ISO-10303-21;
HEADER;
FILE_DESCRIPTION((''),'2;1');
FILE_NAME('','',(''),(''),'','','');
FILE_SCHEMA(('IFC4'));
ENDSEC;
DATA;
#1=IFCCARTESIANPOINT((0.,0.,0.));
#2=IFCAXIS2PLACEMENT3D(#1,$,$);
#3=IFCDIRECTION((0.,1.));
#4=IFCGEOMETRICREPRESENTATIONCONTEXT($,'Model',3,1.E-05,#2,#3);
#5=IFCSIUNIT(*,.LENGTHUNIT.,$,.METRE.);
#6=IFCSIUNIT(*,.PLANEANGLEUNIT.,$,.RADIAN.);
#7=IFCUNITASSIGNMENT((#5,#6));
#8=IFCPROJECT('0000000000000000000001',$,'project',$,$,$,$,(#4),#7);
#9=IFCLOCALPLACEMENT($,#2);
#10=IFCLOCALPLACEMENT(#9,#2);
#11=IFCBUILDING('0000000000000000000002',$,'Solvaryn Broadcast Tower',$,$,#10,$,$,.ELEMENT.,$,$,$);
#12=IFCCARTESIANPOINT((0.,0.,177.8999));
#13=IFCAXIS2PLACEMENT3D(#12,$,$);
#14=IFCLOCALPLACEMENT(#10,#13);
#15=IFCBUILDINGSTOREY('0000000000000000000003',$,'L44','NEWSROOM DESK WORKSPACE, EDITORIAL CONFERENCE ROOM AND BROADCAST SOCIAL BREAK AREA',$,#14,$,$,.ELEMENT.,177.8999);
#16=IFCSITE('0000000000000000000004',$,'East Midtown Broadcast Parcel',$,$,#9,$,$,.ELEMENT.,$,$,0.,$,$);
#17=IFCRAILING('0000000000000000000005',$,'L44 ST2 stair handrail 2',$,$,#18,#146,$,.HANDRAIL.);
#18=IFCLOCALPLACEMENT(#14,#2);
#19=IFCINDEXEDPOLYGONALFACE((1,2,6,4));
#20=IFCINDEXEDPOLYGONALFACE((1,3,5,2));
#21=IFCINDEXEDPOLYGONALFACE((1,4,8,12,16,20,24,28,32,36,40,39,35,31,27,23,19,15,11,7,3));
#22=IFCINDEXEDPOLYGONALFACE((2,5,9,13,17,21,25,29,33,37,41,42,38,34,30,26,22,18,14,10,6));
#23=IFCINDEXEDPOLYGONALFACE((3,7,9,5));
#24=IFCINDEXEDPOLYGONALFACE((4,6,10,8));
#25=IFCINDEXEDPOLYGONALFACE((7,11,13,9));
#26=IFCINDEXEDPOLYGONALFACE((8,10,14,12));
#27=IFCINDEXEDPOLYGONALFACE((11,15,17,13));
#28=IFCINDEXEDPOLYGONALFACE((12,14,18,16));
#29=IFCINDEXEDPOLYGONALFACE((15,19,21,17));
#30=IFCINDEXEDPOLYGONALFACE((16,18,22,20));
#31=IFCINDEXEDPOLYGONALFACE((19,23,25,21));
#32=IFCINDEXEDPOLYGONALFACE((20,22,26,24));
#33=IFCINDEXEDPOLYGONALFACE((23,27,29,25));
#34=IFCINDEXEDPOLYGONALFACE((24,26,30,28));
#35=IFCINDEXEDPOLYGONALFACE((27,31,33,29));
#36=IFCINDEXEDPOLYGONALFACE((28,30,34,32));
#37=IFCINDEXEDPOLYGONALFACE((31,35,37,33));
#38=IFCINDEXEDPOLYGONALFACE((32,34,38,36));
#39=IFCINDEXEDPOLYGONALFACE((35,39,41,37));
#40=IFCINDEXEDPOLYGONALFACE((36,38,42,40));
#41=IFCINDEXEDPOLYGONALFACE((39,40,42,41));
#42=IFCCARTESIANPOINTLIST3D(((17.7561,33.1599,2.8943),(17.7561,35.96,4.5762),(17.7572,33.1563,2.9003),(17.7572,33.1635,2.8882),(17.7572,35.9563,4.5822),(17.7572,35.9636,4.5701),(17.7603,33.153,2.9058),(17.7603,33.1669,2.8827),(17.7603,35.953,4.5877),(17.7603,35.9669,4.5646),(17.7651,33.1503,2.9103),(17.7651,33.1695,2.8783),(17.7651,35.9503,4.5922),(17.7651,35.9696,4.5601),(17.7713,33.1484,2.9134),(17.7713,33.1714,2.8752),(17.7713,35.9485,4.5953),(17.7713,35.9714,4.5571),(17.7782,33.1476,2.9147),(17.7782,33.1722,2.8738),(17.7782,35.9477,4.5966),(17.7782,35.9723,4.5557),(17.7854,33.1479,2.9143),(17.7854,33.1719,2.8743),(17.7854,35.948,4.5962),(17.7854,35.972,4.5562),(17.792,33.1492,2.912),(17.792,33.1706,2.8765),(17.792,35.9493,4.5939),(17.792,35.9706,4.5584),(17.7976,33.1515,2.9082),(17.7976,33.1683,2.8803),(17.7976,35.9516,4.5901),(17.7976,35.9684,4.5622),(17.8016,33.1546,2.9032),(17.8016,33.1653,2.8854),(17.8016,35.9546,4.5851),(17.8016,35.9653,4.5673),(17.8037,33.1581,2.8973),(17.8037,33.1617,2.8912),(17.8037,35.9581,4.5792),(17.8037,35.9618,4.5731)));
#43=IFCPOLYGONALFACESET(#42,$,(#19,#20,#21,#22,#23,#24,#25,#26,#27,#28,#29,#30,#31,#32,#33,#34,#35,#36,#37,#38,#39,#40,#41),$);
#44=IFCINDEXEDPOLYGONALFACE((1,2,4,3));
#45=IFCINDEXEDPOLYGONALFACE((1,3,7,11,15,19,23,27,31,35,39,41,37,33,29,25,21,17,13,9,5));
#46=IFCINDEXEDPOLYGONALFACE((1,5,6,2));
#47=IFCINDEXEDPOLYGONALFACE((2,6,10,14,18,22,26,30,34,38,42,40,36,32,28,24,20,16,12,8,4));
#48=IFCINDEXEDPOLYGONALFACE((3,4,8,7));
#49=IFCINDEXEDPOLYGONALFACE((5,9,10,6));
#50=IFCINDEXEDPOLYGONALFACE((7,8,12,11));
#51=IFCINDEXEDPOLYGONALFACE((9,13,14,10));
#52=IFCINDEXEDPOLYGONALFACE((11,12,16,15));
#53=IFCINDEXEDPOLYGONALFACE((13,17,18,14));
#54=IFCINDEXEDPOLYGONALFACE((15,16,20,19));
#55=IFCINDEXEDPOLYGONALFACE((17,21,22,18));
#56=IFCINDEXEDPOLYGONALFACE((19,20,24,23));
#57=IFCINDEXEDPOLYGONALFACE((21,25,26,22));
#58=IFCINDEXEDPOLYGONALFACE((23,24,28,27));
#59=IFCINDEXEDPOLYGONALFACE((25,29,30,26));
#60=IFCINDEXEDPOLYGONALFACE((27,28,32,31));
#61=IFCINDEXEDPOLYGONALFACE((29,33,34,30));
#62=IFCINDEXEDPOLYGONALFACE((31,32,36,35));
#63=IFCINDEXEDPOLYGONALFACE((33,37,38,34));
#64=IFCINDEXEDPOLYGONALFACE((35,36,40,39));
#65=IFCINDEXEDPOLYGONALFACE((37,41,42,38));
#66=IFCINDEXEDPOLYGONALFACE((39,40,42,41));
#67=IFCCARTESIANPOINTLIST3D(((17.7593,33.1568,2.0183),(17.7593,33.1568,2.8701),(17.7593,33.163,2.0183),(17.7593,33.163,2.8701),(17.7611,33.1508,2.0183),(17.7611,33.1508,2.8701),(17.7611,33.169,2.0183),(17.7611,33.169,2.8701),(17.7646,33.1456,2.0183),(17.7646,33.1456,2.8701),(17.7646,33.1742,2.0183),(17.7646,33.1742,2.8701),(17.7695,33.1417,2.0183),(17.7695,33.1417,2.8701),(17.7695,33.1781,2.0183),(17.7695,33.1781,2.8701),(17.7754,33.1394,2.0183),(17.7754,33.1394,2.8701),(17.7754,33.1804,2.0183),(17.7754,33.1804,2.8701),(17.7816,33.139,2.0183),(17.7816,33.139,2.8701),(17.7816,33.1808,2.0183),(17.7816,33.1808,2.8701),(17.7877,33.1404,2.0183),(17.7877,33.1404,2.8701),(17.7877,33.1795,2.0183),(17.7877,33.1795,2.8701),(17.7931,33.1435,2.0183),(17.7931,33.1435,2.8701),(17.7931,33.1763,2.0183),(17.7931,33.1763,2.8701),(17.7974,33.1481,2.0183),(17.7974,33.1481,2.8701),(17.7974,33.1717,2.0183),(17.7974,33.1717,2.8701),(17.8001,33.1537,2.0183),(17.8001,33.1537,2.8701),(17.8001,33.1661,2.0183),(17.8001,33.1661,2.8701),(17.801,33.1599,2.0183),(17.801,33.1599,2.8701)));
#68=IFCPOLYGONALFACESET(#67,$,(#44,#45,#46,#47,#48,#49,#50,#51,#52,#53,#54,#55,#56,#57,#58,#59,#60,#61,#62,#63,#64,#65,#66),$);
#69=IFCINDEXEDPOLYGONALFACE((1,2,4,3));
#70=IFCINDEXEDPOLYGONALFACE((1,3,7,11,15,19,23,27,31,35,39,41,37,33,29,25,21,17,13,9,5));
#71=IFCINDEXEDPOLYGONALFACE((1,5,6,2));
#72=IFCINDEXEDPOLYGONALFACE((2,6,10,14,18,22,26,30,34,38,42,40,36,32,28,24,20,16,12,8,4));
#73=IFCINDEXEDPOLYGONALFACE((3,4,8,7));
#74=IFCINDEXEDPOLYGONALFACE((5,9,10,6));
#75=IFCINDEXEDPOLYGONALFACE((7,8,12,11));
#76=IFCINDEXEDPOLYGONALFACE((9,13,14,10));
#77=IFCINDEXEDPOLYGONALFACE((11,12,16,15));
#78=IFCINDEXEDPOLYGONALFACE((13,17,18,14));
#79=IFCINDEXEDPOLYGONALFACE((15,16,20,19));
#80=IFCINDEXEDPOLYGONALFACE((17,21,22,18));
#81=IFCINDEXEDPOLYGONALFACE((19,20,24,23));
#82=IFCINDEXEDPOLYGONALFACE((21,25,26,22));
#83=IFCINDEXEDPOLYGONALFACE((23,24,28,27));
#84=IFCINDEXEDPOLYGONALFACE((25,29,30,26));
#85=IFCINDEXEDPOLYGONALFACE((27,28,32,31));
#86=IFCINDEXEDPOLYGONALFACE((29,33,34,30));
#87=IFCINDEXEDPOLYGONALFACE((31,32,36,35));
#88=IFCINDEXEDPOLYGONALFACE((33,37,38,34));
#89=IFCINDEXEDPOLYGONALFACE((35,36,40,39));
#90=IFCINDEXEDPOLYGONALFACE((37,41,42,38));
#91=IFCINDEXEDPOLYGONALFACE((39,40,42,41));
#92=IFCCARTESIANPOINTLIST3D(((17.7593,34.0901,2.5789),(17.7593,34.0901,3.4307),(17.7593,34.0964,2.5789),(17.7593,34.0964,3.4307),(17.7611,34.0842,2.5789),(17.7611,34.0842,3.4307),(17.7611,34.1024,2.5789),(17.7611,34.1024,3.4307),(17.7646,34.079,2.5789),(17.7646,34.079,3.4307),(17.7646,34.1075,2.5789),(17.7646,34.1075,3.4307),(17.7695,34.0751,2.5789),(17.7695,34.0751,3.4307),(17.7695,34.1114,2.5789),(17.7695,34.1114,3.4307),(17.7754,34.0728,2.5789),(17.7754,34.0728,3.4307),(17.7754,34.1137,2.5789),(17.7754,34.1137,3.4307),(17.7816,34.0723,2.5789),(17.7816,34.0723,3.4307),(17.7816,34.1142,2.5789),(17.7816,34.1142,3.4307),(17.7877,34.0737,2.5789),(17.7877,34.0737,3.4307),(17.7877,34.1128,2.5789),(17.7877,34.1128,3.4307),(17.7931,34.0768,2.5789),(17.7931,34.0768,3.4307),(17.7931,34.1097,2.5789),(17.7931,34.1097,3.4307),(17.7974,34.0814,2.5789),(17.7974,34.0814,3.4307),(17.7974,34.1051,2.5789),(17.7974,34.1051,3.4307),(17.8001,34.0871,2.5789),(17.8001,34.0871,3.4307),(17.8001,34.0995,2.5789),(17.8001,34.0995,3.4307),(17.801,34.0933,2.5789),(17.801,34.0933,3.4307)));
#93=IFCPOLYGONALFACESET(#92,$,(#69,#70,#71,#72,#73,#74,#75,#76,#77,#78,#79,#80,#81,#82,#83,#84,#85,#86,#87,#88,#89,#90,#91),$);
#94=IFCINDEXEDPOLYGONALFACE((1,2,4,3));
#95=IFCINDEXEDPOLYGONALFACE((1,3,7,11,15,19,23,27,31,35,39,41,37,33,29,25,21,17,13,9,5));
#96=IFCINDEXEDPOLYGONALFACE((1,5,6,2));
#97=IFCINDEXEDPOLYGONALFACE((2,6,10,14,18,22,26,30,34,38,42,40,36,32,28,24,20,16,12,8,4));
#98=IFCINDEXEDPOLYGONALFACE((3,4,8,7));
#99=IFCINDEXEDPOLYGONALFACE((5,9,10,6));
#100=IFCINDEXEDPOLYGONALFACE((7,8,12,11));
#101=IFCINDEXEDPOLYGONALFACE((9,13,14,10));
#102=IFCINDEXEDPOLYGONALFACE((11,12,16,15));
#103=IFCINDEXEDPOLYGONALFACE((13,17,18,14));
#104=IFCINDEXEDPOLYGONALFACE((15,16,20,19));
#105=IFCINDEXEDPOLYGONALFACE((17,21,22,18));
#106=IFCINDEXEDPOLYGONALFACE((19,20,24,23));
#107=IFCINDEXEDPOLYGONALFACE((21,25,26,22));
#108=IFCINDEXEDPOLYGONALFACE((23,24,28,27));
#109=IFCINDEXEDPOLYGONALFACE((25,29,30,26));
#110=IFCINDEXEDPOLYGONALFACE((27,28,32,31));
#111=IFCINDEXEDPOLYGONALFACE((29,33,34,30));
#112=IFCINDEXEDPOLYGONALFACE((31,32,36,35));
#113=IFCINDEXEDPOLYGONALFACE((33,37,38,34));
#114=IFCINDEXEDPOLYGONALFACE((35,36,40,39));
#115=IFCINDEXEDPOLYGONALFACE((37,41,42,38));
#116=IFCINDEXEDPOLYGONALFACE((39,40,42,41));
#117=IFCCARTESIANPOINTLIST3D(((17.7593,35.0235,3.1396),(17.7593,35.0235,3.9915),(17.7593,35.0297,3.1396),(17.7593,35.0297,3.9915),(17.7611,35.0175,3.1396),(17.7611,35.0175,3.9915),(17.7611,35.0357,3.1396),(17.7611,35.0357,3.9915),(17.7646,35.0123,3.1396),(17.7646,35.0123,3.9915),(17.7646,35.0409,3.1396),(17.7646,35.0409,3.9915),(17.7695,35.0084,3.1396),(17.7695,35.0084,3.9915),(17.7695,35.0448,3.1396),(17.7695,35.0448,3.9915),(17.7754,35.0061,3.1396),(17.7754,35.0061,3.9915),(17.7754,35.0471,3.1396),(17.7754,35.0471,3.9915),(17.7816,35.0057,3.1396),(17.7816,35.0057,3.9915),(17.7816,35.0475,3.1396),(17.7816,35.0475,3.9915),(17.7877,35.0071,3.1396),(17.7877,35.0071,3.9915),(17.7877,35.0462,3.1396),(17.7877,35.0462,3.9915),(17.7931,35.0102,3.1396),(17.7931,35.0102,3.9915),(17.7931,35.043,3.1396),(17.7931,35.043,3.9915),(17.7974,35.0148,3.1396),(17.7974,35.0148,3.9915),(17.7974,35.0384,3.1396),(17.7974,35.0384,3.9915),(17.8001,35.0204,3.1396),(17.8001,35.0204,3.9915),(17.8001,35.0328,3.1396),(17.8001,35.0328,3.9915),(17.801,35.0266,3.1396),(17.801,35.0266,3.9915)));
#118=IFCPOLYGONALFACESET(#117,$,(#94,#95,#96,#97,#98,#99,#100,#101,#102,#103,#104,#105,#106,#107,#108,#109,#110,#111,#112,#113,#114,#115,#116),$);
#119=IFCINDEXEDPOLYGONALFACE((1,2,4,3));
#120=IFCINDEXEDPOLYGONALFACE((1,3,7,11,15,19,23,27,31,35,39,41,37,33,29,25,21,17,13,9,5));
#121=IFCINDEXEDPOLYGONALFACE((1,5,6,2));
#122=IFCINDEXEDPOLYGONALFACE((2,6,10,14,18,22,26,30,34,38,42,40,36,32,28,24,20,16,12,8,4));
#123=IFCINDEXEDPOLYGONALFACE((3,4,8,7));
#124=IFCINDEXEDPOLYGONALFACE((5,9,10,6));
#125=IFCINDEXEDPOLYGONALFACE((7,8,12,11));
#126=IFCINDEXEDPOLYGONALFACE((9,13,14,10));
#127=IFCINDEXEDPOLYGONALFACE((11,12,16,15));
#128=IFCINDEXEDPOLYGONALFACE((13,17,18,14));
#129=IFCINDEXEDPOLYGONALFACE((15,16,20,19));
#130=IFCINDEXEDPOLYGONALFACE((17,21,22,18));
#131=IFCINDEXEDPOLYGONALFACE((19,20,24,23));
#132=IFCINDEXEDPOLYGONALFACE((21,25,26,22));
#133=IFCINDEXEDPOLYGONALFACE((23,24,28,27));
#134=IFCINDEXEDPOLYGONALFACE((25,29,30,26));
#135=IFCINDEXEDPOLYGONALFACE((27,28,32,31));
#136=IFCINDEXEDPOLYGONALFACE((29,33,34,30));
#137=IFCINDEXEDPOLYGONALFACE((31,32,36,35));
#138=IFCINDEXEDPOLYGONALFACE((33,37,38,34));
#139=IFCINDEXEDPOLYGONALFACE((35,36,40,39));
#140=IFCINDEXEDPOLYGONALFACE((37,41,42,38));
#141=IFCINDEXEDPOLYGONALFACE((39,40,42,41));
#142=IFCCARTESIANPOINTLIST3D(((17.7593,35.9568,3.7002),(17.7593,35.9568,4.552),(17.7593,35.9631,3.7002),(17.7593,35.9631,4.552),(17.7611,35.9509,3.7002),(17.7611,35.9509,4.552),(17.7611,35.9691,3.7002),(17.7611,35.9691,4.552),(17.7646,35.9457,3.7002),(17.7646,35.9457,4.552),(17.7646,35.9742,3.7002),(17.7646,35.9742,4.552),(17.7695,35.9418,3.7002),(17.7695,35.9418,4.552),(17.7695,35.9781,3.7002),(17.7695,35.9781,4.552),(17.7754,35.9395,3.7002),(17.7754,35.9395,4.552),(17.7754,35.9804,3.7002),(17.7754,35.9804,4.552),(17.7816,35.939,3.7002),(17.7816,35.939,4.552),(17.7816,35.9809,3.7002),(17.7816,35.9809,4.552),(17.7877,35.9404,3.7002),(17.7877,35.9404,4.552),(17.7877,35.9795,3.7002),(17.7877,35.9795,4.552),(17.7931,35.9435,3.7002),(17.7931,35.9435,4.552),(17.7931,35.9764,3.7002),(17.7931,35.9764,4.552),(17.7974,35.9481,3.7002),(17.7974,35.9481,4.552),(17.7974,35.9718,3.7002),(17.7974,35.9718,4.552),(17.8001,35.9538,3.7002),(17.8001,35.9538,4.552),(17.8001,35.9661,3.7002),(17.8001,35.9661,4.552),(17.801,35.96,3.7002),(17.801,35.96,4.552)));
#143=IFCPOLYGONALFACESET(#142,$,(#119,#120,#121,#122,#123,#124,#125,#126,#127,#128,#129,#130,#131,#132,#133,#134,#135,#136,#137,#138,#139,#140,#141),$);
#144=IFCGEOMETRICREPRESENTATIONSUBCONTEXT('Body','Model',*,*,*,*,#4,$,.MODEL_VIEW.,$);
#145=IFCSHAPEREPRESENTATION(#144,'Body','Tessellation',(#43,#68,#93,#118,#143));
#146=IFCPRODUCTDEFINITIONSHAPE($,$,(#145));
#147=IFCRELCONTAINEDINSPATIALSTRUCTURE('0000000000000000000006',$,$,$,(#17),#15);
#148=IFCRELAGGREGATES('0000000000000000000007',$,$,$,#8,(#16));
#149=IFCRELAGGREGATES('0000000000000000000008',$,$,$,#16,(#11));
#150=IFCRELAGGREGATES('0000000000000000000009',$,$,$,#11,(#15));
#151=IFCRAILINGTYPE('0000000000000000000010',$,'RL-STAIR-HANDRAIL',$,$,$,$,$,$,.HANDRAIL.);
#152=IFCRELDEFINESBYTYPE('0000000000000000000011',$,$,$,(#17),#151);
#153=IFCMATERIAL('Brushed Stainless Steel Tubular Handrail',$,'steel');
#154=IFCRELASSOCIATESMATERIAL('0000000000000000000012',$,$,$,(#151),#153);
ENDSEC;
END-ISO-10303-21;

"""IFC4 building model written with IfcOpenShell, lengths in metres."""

from ifc_helpers import new_model, si_unit, direction, frame, origin, origin_2d, place, context, subcontext, project, spatial, circle, extrude, material, type_object, element, save


model = new_model("IFC4")

# Units and contexts
model_context = context("Model", 3, precision=1e-05, world=origin(), true_north=direction((0.0, 1.0)))
body_context = subcontext(model_context, "Body", "Model", "MODEL_VIEW")
ifc_project = project(units=[si_unit("LENGTHUNIT", "METRE"), si_unit("PLANEANGLEUNIT", "RADIAN")], contexts=[model_context])

# Site, building, storey
site_placement = place(None, origin())
site = spatial("IfcSite", under=ifc_project, at=site_placement, Name="East Midtown Broadcast Parcel", CompositionType="ELEMENT", RefElevation=0.0)
building_placement = place(site_placement, origin())
building = spatial("IfcBuilding", under=site, at=building_placement, Name="Solvaryn Broadcast Tower", CompositionType="ELEMENT")
storey_placement = place(building_placement, frame((0.0, 0.0, 177.8999)))
storey = spatial("IfcBuildingStorey", under=building, at=storey_placement, Name="L44", Description="NEWSROOM DESK WORKSPACE, EDITORIAL CONFERENCE ROOM AND BROADCAST SOCIAL BREAK AREA", CompositionType="ELEMENT", Elevation=177.8999)

# Railing
ifc_material_1 = material(Name="Brushed Stainless Steel Tubular Handrail", Category="steel")
railing_type_1 = type_object("IfcRailingType", Name="RL-STAIR-HANDRAIL", PredefinedType="HANDRAIL", material=ifc_material_1)
railing_1_placement = place(storey_placement, frame((17.78, 33.1599, 2.0183)))
element("IfcRailing", 1, at=railing_1_placement, inside=storey, type_object=railing_type_1, Name="L44 ST2 stair handrail 2", PredefinedType="HANDRAIL", context=body_context, shape_type="SweptSolid", body=[
    extrude(circle(Radius=0.0239, at=origin_2d()), frame((0.0, 0.0, 0.876), z_axis=(0.0, 0.857242, 0.514913), x_axis=(-1.0, 0.0, 0.0)), (0.0, 0.0, 1.0), 3.2664),
    extrude(circle(Radius=0.021, at=origin_2d()), origin(), (0.0, 0.0, 1.0), 0.8518),
    extrude(circle(Radius=0.021, at=origin_2d()), frame((0.0, 0.9333, 0.5605)), (0.0, 0.0, 1.0), 0.8518),
    extrude(circle(Radius=0.021, at=origin_2d()), frame((0.0, 1.8667, 1.1213)), (0.0, 0.0, 1.0), 0.8518),
    extrude(circle(Radius=0.021, at=origin_2d()), frame((0.0, 2.8, 1.6819)), (0.0, 0.0, 1.0), 0.8518),
])

save(model, "model.ifc")
